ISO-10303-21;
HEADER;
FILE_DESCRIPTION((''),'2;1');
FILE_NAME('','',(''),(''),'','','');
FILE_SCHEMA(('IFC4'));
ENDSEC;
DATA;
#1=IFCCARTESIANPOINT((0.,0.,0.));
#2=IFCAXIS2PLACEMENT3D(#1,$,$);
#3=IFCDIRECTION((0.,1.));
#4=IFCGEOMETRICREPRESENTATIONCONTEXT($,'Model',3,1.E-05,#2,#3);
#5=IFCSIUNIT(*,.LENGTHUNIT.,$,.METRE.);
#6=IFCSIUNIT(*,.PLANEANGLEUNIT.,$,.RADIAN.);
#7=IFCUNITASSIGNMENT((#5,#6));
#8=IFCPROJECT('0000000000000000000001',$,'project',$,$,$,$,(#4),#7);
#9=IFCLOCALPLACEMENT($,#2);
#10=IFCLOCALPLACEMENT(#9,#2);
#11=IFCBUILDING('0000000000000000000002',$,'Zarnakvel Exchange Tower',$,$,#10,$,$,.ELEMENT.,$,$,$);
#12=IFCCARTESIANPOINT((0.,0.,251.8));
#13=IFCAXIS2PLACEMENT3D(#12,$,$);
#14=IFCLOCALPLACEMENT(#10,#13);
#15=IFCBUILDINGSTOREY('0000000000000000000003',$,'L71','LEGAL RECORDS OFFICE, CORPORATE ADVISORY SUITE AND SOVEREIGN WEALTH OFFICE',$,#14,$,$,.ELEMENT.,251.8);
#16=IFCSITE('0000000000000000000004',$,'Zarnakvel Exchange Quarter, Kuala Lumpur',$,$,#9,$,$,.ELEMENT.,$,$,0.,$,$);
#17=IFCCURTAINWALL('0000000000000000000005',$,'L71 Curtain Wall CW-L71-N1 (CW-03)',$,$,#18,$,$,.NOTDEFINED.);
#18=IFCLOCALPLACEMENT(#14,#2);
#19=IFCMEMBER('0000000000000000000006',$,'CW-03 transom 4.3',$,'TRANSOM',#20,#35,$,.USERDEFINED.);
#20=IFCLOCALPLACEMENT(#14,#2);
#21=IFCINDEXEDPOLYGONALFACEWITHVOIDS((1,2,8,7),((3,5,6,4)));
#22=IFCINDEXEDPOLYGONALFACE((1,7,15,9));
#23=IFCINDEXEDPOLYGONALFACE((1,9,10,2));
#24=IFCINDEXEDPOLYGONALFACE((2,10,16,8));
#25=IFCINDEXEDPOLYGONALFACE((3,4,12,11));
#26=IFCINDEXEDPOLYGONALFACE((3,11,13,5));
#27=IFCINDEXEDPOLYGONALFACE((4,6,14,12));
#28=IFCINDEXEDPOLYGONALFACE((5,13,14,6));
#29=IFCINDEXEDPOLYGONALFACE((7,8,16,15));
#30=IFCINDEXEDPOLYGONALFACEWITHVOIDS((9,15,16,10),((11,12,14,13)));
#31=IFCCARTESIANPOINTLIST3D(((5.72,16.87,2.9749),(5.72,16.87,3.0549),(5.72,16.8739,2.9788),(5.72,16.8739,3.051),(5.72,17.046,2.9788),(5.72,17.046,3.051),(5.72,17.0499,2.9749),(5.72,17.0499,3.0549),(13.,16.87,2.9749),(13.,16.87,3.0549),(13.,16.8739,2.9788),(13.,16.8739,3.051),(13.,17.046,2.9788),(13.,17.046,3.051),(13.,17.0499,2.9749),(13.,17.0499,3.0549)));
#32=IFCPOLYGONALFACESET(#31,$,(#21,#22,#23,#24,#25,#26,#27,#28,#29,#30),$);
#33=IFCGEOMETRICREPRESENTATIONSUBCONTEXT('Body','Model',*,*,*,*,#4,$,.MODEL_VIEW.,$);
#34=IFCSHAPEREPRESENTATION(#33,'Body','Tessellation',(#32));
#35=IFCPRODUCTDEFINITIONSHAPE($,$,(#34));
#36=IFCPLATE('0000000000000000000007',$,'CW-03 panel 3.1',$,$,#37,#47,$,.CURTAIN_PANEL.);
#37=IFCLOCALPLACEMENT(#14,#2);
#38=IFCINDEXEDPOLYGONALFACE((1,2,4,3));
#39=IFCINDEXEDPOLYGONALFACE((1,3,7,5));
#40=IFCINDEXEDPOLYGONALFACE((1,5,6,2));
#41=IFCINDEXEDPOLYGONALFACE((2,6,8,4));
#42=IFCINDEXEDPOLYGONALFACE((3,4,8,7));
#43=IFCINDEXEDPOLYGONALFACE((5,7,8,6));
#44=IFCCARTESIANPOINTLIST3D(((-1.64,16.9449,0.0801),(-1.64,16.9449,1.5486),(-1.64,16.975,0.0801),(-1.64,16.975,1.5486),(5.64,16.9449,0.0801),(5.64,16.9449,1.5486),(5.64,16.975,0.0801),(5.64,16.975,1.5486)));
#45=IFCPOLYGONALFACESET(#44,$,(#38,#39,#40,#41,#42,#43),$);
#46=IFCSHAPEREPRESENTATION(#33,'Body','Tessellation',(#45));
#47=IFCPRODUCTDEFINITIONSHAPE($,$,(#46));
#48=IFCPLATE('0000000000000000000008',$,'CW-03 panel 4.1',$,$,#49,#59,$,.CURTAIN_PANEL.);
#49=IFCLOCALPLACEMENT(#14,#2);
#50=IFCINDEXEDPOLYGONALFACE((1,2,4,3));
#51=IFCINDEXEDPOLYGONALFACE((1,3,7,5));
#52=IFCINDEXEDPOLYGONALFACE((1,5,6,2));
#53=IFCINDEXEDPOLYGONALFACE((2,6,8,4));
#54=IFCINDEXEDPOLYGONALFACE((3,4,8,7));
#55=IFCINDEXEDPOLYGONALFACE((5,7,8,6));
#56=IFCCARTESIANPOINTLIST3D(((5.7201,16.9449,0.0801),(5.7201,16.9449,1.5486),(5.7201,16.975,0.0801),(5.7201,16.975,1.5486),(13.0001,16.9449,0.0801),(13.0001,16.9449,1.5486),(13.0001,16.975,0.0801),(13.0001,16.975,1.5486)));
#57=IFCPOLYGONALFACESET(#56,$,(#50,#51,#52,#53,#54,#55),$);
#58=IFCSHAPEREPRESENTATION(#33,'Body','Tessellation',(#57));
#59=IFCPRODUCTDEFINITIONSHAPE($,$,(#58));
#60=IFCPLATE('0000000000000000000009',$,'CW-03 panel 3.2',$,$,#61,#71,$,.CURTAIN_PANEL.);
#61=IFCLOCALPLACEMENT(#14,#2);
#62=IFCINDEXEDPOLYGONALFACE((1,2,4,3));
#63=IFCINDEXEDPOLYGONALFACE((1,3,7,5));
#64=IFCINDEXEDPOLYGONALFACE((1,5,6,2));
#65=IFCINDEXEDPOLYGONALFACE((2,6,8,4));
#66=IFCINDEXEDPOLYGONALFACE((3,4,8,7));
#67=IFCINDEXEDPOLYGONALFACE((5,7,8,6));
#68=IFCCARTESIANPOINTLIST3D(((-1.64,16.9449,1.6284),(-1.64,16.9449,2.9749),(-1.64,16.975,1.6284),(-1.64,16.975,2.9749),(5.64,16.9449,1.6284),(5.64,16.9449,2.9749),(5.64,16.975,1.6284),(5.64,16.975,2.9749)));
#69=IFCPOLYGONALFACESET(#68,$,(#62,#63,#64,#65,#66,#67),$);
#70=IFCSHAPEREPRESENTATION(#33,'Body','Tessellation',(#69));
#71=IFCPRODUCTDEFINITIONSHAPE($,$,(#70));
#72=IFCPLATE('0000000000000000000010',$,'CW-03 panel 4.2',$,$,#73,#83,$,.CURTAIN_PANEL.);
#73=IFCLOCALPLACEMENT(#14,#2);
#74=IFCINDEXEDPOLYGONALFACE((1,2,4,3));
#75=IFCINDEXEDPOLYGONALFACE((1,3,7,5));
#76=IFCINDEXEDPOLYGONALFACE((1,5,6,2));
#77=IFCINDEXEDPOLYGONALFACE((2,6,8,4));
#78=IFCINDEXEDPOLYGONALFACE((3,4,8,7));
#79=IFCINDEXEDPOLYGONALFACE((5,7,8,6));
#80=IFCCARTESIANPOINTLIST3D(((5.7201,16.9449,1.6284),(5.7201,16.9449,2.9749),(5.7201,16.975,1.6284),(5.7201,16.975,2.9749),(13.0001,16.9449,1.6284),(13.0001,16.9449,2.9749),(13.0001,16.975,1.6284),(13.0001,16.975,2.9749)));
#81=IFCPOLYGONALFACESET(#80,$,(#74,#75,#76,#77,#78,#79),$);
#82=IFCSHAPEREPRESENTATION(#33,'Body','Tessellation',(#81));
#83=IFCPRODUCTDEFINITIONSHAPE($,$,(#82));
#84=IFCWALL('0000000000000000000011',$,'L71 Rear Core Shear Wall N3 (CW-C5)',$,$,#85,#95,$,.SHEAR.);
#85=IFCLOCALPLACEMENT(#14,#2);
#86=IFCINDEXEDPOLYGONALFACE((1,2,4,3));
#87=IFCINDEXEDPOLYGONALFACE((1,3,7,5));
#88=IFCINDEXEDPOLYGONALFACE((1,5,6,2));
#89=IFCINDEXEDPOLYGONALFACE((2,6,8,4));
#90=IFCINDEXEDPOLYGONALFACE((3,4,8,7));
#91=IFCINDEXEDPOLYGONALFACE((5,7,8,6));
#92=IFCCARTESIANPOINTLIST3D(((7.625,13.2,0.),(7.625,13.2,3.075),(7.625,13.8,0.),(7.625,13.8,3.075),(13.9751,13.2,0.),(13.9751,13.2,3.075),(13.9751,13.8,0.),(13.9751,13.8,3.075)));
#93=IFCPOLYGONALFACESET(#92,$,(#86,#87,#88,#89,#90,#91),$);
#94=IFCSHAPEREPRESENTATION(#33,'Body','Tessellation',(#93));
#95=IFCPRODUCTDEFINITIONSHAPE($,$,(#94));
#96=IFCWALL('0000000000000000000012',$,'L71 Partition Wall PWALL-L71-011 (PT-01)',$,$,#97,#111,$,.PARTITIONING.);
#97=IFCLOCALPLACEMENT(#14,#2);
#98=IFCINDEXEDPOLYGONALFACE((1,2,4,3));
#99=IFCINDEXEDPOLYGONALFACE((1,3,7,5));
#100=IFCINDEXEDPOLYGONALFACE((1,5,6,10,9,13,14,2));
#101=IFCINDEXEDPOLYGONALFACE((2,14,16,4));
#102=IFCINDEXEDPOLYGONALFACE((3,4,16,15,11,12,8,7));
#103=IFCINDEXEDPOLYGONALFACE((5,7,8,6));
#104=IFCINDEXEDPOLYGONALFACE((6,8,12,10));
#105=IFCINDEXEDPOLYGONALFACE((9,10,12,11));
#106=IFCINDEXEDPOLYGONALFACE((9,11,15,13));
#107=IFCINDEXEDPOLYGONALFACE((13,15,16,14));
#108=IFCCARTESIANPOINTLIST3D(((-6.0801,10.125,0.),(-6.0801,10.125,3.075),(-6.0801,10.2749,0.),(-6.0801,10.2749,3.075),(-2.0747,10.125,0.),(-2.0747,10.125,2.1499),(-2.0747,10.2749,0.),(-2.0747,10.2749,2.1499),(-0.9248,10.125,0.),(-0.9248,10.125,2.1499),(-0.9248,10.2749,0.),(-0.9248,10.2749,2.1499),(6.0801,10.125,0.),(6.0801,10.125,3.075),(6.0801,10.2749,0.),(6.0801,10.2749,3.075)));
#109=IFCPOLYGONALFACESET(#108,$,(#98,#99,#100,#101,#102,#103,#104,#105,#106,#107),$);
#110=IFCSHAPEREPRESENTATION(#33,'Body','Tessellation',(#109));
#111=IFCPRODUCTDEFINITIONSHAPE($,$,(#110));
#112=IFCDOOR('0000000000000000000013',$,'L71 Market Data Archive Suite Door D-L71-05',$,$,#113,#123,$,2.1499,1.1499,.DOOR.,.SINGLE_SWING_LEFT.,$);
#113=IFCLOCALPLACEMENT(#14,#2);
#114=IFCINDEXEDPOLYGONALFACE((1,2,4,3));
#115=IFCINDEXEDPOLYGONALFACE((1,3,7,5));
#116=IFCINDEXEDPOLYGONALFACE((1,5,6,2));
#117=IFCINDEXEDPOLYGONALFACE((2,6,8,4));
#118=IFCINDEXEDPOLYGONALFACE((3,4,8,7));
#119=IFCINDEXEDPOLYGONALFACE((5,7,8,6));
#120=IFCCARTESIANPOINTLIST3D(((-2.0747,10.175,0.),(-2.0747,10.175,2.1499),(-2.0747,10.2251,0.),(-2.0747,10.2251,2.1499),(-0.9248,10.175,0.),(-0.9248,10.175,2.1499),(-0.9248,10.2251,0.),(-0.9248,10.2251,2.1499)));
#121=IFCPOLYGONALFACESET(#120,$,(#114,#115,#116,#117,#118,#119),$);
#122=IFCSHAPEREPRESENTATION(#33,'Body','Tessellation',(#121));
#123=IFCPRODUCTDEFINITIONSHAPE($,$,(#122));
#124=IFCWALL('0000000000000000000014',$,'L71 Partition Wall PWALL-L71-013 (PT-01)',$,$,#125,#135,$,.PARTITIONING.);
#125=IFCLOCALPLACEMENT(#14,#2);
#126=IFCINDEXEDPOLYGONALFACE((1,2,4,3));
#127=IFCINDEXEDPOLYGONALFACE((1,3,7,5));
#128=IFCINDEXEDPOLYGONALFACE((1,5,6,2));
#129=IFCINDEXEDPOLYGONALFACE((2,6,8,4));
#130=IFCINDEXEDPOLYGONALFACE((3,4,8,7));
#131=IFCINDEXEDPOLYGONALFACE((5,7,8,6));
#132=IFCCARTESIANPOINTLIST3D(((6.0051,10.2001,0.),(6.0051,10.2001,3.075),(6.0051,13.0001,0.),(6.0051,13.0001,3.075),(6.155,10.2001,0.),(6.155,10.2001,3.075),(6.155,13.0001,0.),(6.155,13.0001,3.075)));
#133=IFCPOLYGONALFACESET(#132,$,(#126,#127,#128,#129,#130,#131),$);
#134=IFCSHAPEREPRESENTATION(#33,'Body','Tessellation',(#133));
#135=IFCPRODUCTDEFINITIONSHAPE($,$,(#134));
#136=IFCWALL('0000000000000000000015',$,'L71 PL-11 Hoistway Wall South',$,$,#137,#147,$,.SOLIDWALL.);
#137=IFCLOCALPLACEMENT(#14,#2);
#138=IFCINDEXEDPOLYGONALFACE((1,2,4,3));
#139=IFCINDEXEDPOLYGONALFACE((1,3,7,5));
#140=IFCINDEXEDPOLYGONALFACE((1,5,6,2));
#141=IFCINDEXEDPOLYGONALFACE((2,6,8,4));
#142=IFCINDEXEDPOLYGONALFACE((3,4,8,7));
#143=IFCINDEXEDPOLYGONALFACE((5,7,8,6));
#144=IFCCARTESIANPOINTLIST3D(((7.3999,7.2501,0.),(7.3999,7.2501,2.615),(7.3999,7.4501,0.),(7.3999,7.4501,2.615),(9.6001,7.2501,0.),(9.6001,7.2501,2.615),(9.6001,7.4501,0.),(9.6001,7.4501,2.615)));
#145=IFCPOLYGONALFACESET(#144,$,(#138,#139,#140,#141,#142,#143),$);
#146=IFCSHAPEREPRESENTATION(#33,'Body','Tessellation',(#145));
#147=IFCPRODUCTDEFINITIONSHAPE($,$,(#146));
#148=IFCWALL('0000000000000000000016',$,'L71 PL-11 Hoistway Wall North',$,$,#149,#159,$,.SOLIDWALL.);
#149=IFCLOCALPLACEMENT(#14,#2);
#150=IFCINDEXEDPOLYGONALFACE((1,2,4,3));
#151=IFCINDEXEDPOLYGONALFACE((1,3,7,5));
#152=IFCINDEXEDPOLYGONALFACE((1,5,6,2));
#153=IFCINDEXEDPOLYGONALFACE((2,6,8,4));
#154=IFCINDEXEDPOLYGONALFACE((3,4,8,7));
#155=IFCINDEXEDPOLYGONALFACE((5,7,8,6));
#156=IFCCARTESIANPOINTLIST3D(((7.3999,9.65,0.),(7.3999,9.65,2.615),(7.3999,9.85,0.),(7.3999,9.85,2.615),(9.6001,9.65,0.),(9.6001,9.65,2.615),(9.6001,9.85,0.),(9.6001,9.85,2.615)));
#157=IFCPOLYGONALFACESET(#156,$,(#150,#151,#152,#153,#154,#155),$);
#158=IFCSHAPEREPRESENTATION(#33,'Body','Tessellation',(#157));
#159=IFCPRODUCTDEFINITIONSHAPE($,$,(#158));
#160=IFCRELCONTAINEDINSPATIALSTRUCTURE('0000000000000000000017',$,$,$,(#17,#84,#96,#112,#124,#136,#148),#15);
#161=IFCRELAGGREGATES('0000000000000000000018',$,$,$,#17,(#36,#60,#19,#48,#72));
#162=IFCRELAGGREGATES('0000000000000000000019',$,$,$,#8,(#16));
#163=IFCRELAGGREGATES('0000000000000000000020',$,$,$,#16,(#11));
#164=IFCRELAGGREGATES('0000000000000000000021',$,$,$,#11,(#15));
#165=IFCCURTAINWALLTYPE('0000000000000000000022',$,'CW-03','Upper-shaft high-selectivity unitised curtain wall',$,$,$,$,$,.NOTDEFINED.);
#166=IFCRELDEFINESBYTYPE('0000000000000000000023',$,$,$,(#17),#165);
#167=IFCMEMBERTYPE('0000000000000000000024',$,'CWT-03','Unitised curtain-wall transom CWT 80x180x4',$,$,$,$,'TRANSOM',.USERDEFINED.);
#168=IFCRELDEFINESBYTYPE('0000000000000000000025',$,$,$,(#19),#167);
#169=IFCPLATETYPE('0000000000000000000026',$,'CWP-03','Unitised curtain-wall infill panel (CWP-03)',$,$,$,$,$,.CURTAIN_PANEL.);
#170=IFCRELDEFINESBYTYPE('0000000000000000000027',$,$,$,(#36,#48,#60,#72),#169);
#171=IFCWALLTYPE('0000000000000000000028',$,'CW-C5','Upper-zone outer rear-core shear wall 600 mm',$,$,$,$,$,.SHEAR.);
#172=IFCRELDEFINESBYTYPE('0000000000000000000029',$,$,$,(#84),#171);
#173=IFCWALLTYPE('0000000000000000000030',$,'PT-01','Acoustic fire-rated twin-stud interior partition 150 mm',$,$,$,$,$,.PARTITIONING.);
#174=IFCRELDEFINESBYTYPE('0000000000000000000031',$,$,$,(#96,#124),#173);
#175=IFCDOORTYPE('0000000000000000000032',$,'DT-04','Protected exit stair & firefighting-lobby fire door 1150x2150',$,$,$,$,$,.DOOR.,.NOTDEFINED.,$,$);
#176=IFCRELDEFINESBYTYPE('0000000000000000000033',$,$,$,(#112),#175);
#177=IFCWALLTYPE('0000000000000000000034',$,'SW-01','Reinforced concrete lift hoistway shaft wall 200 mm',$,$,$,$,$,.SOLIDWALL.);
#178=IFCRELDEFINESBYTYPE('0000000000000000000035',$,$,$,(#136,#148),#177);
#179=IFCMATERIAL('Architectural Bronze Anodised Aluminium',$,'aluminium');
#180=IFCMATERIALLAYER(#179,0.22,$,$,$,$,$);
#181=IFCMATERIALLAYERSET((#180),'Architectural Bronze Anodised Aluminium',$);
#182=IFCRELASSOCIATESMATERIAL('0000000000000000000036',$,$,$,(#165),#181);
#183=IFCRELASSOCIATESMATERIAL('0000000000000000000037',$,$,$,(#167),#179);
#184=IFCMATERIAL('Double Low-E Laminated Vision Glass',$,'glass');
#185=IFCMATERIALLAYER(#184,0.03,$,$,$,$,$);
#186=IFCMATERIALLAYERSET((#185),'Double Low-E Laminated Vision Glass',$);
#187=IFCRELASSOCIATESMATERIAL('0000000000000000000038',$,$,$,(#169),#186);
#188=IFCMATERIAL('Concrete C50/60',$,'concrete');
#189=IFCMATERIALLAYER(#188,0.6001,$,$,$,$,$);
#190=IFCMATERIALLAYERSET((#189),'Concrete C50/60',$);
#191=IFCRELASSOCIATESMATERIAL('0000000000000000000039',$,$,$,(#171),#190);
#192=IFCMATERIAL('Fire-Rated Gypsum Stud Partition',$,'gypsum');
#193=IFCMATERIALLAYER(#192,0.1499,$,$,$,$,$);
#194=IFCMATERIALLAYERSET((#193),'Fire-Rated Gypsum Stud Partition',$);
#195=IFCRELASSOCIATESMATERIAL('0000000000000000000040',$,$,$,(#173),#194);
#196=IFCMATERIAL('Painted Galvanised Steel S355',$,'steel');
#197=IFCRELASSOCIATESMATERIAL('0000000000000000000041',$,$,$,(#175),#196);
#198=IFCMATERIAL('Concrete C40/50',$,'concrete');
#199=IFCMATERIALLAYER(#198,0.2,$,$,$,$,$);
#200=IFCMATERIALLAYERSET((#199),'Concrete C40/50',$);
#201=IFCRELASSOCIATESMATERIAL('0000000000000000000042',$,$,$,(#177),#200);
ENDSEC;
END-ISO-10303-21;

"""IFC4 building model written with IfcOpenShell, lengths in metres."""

from ifc_helpers import new_model, si_unit, direction, frame, frame_2d, origin, origin_2d, place, context, subcontext, project, spatial, rectangle, hollow_rectangle, extrude, source, transform, mapped, material, layer, layer_set, material_profile, profile_set, type_object, element, fill, aggregate, save


model = new_model("IFC4")

# Units and contexts
model_context = context("Model", 3, precision=1e-05, world=origin(), true_north=direction((0.0, 1.0)))
body_context = subcontext(model_context, "Body", "Model", "MODEL_VIEW")
ifc_project = project(units=[si_unit("LENGTHUNIT", "METRE"), si_unit("PLANEANGLEUNIT", "RADIAN")], contexts=[model_context])

# Site, building, storey
site_placement = place(None, origin())
site = spatial("IfcSite", under=ifc_project, at=site_placement, Name="Zarnakvel Exchange Quarter, Kuala Lumpur", CompositionType="ELEMENT", RefElevation=0.0)
building_placement = place(site_placement, origin())
building = spatial("IfcBuilding", under=site, at=building_placement, Name="Zarnakvel Exchange Tower", CompositionType="ELEMENT")
storey_placement = place(building_placement, frame((0.0, 0.0, 251.8)))
storey = spatial("IfcBuildingStorey", under=building, at=storey_placement, Name="L71", Description="LEGAL RECORDS OFFICE, CORPORATE ADVISORY SUITE AND SOVEREIGN WEALTH OFFICE", CompositionType="ELEMENT", Elevation=251.8)

# Shared definitions
ifc_material_1 = material(Name="Concrete C50/60", Category="concrete")

# Curtain wall, member, plates
ifc_material_2 = material(Name="Architectural Bronze Anodised Aluminium", Category="aluminium")
ifc_layer_1 = layer(ifc_material_2, 0.22)
ifc_layer_set_1 = layer_set([ifc_layer_1], Name="Architectural Bronze Anodised Aluminium")
curtain_wall_type = type_object("IfcCurtainWallType", Name="CW-03", Description="Upper-shaft high-selectivity unitised curtain wall", PredefinedType="NOTDEFINED", material=ifc_layer_set_1)
curtain_wall_placement = place(storey_placement, origin())
curtain_wall = element("IfcCurtainWall", 1, at=curtain_wall_placement, inside=storey, type_object=curtain_wall_type, Name="L71 Curtain Wall CW-L71-N1 (CW-03)", PredefinedType="NOTDEFINED")
ifc_material_profile_1 = material_profile(ifc_material_2, hollow_rectangle(XDim=0.1799, YDim=0.0801, WallThickness=0.0039, at=origin_2d()))
ifc_profile_set_1 = profile_set([ifc_material_profile_1], Name="Architectural Bronze Anodised Aluminium")
member_type_1 = type_object("IfcMemberType", Name="CWT-03", Description="Unitised curtain-wall transom CWT 80x180x4", ElementType="TRANSOM", PredefinedType="USERDEFINED", material=ifc_profile_set_1)
shared_shape_1 = source(origin(), body_context, "Body", "SweptSolid", [
    extrude(hollow_rectangle(XDim=0.1799, YDim=0.0801, WallThickness=0.0039, at=origin_2d()), origin(), (0.0, 0.0, 1.0), 7.28),
])
member_1_placement = place(storey_placement, frame((5.72, 16.96, 3.0149), z_axis=(1.0, 0.0, 0.0), x_axis=(0.0, 1.0, 0.0)))
member_1 = element("IfcMember", 2, at=member_1_placement, type_object=member_type_1, Name="CW-03 transom 4.3", ObjectType="TRANSOM", PredefinedType="USERDEFINED", context=body_context, shape_type="MappedRepresentation", body=[
    mapped(shared_shape_1, transform((0.0, 0.0, 0.0), x_axis=(1.0, 0.0, 0.0), y_axis=(0.0, 1.0, 0.0), z_axis=(0.0, 0.0, 1.0), scale=1.0)),
])
ifc_material_3 = material(Name="Double Low-E Laminated Vision Glass", Category="glass")
ifc_layer_2 = layer(ifc_material_3, 0.03)
ifc_layer_set_2 = layer_set([ifc_layer_2], Name="Double Low-E Laminated Vision Glass")
plate_type = type_object("IfcPlateType", Name="CWP-03", Description="Unitised curtain-wall infill panel (CWP-03)", PredefinedType="CURTAIN_PANEL", material=ifc_layer_set_2)
shared_shape_2 = source(origin(), body_context, "Body", "SweptSolid", [
    extrude(rectangle(XDim=7.28, YDim=0.03, at=origin_2d()), origin(), (0.0, 0.0, 1.0), 1.4685),
])
plate_1_placement = place(storey_placement, frame((2.0, 16.96, 0.0801), z_axis=(0.0, 0.0, 1.0), x_axis=(1.0, 0.0, 0.0)))
plate_1 = element("IfcPlate", 3, at=plate_1_placement, type_object=plate_type, Name="CW-03 panel 3.1", PredefinedType="CURTAIN_PANEL", context=body_context, shape_type="MappedRepresentation", body=[
    mapped(shared_shape_2, transform((0.0, 0.0, 0.0), x_axis=(1.0, 0.0, 0.0), y_axis=(0.0, 1.0, 0.0), z_axis=(0.0, 0.0, 1.0), scale=1.0)),
])
plate_2_placement = place(storey_placement, frame((9.3601, 16.96, 0.0801), z_axis=(0.0, 0.0, 1.0), x_axis=(1.0, 0.0, 0.0)))
plate_2 = element("IfcPlate", 4, at=plate_2_placement, type_object=plate_type, Name="CW-03 panel 4.1", PredefinedType="CURTAIN_PANEL", context=body_context, shape_type="MappedRepresentation", body=[
    mapped(shared_shape_2, transform((0.0, 0.0, 0.0), x_axis=(1.0, 0.0, 0.0), y_axis=(0.0, 1.0, 0.0), z_axis=(0.0, 0.0, 1.0), scale=1.0)),
])
shared_shape_3 = source(origin(), body_context, "Body", "SweptSolid", [
    extrude(rectangle(XDim=7.28, YDim=0.03, at=origin_2d()), origin(), (0.0, 0.0, 1.0), 1.3464),
])
plate_3_placement = place(storey_placement, frame((2.0, 16.96, 1.6284), z_axis=(0.0, 0.0, 1.0), x_axis=(1.0, 0.0, 0.0)))
plate_3 = element("IfcPlate", 5, at=plate_3_placement, type_object=plate_type, Name="CW-03 panel 3.2", PredefinedType="CURTAIN_PANEL", context=body_context, shape_type="MappedRepresentation", body=[
    mapped(shared_shape_3, transform((0.0, 0.0, 0.0), x_axis=(1.0, 0.0, 0.0), y_axis=(0.0, 1.0, 0.0), z_axis=(0.0, 0.0, 1.0), scale=1.0)),
])
plate_4_placement = place(storey_placement, frame((9.3601, 16.96, 1.6284), z_axis=(0.0, 0.0, 1.0), x_axis=(1.0, 0.0, 0.0)))
plate_4 = element("IfcPlate", 6, at=plate_4_placement, type_object=plate_type, Name="CW-03 panel 4.2", PredefinedType="CURTAIN_PANEL", context=body_context, shape_type="MappedRepresentation", body=[
    mapped(shared_shape_3, transform((0.0, 0.0, 0.0), x_axis=(1.0, 0.0, 0.0), y_axis=(0.0, 1.0, 0.0), z_axis=(0.0, 0.0, 1.0), scale=1.0)),
])
aggregate(curtain_wall, [plate_1, plate_3, member_1, plate_2, plate_4])

# Wall
ifc_layer_3 = layer(ifc_material_1, 0.6001)
ifc_layer_set_3 = layer_set([ifc_layer_3], Name="Concrete C50/60")
wall_type_1 = type_object("IfcWallType", Name="CW-C5", Description="Upper-zone outer rear-core shear wall 600 mm", PredefinedType="SHEAR", material=ifc_layer_set_3)
wall_1_placement = place(storey_placement, frame((7.625, 13.5, 0.0), z_axis=(0.0, 0.0, 1.0), x_axis=(1.0, 0.0, 0.0)))
element("IfcWall", 7, at=wall_1_placement, inside=storey, type_object=wall_type_1, Name="L71 Rear Core Shear Wall N3 (CW-C5)", PredefinedType="SHEAR", context=body_context, shape_type="SweptSolid", body=[
    extrude(rectangle(XDim=6.3501, YDim=0.6001, at=frame_2d((3.175, 0.0))), origin(), (0.0, 0.0, 1.0), 3.075),
])

# Wall, opening, door
ifc_material_4 = material(Name="Fire-Rated Gypsum Stud Partition", Category="gypsum")
ifc_layer_4 = layer(ifc_material_4, 0.1499)
ifc_layer_set_4 = layer_set([ifc_layer_4], Name="Fire-Rated Gypsum Stud Partition")
wall_type_2 = type_object("IfcWallType", Name="PT-01", Description="Acoustic fire-rated twin-stud interior partition 150 mm", PredefinedType="PARTITIONING", material=ifc_layer_set_4)
wall_2_placement = place(storey_placement, frame((6.0801, 10.2, 0.0), z_axis=(0.0, 0.0, 1.0), x_axis=(-1.0, 0.0, 0.0)))
wall_2 = element("IfcWall", 8, at=wall_2_placement, inside=storey, type_object=wall_type_2, Name="L71 Partition Wall PWALL-L71-011 (PT-01)", PredefinedType="PARTITIONING", context=body_context, shape_type="SweptSolid", body=[
    extrude(rectangle(XDim=12.1602, YDim=0.1499, at=frame_2d((6.0801, 0.0))), origin(), (0.0, 0.0, 1.0), 3.075),
])
opening_1_placement = place(wall_2_placement, frame((7.0049, 0.0, 0.0)))
opening_1 = element("IfcOpeningElement", 9, at=opening_1_placement, cuts=wall_2, PredefinedType="OPENING", context=body_context, shape_type="SweptSolid", body=[
    extrude(rectangle(XDim=1.1499, YDim=2.1499, at=frame_2d((0.575, 1.075))), frame((0.0, 0.085, 0.0), z_axis=(0.0, -1.0, 0.0), x_axis=(1.0, 0.0, 0.0)), (0.0, 0.0, 1.0), 0.1699),
])
ifc_material_5 = material(Name="Painted Galvanised Steel S355", Category="steel")
door_type_1 = type_object("IfcDoorType", Name="DT-04", Description="Protected exit stair & firefighting-lobby fire door 1150x2150", OperationType="NOTDEFINED", PredefinedType="DOOR", material=ifc_material_5)
shared_shape_4 = source(origin(), body_context, "Body", "SweptSolid", [
    extrude(rectangle(XDim=1.1499, YDim=2.1499, at=frame_2d((0.575, 1.075))), frame((0.0, 0.0249, 0.0), z_axis=(0.0, -1.0, 0.0), x_axis=(1.0, 0.0, 0.0)), (0.0, 0.0, 1.0), 0.05),
])
door_1_placement = place(opening_1_placement, origin())
door_1 = element("IfcDoor", 10, at=door_1_placement, inside=storey, type_object=door_type_1, Name="L71 Market Data Archive Suite Door D-L71-05", OperationType="SINGLE_SWING_LEFT", OverallHeight=2.1499, OverallWidth=1.1499, PredefinedType="DOOR", context=body_context, shape_type="MappedRepresentation", body=[
    mapped(shared_shape_4, transform((0.0, 0.0, 0.0), x_axis=(1.0, 0.0, 0.0), y_axis=(0.0, 1.0, 0.0), z_axis=(0.0, 0.0, 1.0), scale=1.0)),
])
fill(opening_1, door_1)

# Walls
wall_3_placement = place(storey_placement, frame((6.0801, 13.0, 0.0), z_axis=(0.0, 0.0, 1.0), x_axis=(0.0, -1.0, 0.0)))
element("IfcWall", 11, at=wall_3_placement, inside=storey, type_object=wall_type_2, Name="L71 Partition Wall PWALL-L71-013 (PT-01)", PredefinedType="PARTITIONING", context=body_context, shape_type="SweptSolid", body=[
    extrude(rectangle(XDim=2.8, YDim=0.1499, at=frame_2d((1.3999, 0.0))), origin(), (0.0, 0.0, 1.0), 3.075),
])
ifc_material_6 = material(Name="Concrete C40/50", Category="concrete")
ifc_layer_5 = layer(ifc_material_6, 0.2)
ifc_layer_set_5 = layer_set([ifc_layer_5], Name="Concrete C40/50")
wall_type_3 = type_object("IfcWallType", Name="SW-01", Description="Reinforced concrete lift hoistway shaft wall 200 mm", PredefinedType="SOLIDWALL", material=ifc_layer_set_5)
for number, where, z_axis, x_axis, name in (
    (12, (9.6001, 7.3501, 0.0), (0.0, 0.0, 1.0), (-1.0, 0.0, 0.0), "L71 PL-11 Hoistway Wall South"),
    (13, (7.3999, 9.75, 0.0), (0.0, 0.0, 1.0), (1.0, 0.0, 0.0), "L71 PL-11 Hoistway Wall North"),
):
    element("IfcWall", number, at=place(storey_placement, frame(where, z_axis=z_axis, x_axis=x_axis)), inside=storey, type_object=wall_type_3, Name=name, PredefinedType="SOLIDWALL", context=body_context, shape_type="SweptSolid", body=[
        extrude(rectangle(XDim=2.2002, YDim=0.2, at=frame_2d((1.1001, 0.0))), origin(), (0.0, 0.0, 1.0), 2.615),
    ])

save(model, "model.ifc")
